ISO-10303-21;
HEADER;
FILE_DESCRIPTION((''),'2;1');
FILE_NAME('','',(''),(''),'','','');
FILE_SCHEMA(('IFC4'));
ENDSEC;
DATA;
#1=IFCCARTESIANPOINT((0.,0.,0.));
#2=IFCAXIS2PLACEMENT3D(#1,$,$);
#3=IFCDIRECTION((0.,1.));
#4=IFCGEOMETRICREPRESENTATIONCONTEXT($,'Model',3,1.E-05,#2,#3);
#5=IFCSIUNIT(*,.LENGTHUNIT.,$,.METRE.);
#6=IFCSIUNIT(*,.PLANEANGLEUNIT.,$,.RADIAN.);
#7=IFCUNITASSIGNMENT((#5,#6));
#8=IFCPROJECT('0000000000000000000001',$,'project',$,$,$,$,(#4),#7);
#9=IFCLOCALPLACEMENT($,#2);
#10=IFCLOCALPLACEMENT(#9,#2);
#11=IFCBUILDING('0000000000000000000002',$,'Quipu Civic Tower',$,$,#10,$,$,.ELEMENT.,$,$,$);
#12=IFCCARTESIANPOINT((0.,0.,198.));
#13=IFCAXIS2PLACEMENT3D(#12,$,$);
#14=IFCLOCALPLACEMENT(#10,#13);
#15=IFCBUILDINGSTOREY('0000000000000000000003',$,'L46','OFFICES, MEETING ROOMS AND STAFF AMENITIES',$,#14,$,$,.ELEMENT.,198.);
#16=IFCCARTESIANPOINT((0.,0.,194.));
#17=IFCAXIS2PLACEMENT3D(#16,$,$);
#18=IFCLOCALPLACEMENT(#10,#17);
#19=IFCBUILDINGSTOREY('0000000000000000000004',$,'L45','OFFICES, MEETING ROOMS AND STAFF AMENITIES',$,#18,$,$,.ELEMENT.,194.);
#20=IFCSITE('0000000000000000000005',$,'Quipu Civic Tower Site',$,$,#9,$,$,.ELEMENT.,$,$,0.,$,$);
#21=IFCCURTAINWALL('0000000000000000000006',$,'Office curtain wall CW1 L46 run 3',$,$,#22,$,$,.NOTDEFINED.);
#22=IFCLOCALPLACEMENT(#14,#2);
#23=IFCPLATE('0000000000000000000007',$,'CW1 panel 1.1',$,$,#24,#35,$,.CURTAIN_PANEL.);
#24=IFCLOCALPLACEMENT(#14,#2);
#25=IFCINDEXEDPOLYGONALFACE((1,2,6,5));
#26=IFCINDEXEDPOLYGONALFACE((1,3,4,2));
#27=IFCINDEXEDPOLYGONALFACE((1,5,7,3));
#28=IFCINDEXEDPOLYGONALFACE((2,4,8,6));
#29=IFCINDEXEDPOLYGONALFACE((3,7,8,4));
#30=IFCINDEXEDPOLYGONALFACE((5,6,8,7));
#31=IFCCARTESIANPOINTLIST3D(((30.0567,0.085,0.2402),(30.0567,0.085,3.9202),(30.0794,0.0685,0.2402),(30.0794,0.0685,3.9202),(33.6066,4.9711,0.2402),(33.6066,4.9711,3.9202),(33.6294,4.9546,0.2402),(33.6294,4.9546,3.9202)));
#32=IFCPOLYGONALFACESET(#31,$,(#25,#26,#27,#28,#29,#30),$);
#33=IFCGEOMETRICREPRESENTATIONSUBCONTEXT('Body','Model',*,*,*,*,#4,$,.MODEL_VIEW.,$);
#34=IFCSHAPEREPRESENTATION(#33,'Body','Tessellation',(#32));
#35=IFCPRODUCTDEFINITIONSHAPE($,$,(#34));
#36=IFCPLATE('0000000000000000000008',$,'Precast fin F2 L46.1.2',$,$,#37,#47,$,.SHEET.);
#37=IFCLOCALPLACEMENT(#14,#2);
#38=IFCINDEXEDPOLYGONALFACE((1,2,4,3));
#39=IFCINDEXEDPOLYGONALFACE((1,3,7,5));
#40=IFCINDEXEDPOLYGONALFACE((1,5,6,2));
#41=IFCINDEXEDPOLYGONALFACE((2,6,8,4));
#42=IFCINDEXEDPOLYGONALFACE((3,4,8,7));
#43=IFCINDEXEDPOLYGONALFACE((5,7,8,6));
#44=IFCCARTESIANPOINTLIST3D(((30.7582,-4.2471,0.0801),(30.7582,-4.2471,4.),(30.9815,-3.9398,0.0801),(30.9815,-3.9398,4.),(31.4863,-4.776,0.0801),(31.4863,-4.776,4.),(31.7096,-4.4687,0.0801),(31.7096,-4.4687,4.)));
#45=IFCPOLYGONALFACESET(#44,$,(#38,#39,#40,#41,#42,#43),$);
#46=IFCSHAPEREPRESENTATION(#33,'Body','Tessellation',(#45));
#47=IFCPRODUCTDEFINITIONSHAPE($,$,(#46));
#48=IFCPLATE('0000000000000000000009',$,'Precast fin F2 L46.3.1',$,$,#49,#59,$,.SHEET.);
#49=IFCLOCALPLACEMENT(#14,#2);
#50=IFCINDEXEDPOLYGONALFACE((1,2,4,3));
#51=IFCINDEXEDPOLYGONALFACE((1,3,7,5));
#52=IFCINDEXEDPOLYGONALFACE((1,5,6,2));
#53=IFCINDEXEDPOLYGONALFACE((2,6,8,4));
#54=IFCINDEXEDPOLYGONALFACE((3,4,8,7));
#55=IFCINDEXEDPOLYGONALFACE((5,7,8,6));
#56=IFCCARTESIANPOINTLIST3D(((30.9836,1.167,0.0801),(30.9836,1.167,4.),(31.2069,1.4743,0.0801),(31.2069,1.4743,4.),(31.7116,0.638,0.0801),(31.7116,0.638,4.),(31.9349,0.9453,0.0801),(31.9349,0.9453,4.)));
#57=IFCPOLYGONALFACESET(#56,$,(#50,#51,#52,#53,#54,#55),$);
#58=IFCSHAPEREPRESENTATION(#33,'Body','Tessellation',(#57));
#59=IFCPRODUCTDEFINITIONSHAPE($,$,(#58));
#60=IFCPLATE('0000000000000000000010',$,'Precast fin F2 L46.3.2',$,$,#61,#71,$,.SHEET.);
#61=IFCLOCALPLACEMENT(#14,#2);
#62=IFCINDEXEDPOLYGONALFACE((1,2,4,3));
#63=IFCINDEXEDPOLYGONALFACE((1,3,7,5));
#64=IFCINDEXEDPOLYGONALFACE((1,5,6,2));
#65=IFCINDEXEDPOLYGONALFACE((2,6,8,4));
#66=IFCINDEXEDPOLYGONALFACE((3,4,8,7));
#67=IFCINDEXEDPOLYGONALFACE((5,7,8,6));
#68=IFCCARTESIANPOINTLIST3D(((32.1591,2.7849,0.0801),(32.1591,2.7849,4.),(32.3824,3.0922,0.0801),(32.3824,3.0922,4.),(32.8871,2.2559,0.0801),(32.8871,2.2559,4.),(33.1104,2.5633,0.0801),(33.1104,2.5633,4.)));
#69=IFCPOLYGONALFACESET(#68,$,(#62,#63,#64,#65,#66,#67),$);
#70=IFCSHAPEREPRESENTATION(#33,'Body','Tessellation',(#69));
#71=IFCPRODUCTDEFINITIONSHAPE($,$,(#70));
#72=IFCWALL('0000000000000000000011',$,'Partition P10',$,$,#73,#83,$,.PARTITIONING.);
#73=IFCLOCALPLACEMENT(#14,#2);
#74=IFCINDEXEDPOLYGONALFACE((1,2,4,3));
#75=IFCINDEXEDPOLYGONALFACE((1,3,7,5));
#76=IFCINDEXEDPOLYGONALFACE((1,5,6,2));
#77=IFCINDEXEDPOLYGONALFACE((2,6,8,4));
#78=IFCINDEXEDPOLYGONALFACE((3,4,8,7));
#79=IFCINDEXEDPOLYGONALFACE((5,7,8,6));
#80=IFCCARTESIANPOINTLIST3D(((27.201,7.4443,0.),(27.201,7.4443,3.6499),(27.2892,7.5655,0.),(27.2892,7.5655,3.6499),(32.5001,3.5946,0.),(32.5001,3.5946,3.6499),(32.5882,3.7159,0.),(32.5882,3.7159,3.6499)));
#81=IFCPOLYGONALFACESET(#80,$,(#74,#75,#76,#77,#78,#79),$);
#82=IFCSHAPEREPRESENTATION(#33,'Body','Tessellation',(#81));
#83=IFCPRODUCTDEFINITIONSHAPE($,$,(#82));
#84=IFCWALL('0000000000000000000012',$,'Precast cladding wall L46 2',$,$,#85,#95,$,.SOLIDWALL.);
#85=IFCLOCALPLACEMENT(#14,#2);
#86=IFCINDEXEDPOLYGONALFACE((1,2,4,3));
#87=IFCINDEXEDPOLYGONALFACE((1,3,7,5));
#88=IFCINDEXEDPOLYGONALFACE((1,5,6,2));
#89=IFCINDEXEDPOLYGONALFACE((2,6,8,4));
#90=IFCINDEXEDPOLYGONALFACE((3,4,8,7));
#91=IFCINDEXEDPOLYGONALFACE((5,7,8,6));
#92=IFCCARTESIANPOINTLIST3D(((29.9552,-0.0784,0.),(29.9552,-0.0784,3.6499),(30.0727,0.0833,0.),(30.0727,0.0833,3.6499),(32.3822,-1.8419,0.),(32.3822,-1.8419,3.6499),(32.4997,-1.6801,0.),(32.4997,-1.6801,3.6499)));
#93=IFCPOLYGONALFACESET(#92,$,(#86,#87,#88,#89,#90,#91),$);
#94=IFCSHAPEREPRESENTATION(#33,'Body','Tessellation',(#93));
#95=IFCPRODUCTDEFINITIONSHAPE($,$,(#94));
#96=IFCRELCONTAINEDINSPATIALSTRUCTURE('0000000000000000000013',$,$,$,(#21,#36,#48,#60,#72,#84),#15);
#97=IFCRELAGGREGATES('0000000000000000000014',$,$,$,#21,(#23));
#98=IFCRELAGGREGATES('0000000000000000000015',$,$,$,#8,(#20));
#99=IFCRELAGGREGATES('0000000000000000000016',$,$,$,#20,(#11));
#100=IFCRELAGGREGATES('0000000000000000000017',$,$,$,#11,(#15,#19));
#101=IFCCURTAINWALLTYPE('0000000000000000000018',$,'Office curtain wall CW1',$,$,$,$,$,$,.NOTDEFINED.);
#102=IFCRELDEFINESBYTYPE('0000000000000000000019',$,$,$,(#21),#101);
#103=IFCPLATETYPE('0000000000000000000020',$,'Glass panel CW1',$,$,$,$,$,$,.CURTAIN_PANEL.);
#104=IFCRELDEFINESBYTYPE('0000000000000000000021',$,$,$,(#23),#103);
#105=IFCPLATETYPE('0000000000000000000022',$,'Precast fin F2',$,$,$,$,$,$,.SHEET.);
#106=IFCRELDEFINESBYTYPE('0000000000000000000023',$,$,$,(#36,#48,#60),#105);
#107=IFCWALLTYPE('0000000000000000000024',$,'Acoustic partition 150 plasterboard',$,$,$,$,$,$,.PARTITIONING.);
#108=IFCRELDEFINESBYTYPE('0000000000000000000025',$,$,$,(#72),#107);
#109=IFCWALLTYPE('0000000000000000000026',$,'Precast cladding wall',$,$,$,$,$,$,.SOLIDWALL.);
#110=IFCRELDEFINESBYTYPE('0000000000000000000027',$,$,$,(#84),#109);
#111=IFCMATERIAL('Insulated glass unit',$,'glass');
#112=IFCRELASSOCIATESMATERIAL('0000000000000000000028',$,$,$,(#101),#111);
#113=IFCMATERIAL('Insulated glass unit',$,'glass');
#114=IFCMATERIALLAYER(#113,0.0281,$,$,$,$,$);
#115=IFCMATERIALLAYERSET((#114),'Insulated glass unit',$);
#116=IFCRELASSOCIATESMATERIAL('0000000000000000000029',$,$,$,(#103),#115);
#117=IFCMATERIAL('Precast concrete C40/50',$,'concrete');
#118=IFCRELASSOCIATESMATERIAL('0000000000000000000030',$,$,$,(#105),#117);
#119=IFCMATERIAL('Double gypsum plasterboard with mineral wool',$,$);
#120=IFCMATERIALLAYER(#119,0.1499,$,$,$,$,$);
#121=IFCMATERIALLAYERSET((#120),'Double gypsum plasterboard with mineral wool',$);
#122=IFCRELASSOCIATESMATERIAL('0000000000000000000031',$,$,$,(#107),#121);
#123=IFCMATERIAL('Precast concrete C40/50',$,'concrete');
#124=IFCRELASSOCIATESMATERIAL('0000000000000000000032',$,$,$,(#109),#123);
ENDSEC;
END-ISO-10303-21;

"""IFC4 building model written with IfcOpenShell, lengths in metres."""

from ifc_helpers import new_model, si_unit, direction, frame, frame_2d, origin, origin_2d, place, context, subcontext, project, spatial, rectangle, extrude, material, layer, layer_set, type_object, element, aggregate, save


model = new_model("IFC4")

# Units and contexts
model_context = context("Model", 3, precision=1e-05, world=origin(), true_north=direction((0.0, 1.0)))
body_context = subcontext(model_context, "Body", "Model", "MODEL_VIEW")
ifc_project = project(units=[si_unit("LENGTHUNIT", "METRE"), si_unit("PLANEANGLEUNIT", "RADIAN")], contexts=[model_context])

# Site, building, storey
site_placement = place(None, origin())
site = spatial("IfcSite", under=ifc_project, at=site_placement, Name="Quipu Civic Tower Site", CompositionType="ELEMENT", RefElevation=0.0)
building_placement = place(site_placement, origin())
building = spatial("IfcBuilding", under=site, at=building_placement, Name="Quipu Civic Tower", CompositionType="ELEMENT")
storey_1_placement = place(building_placement, frame((0.0, 0.0, 198.0)))
storey_1 = spatial("IfcBuildingStorey", under=building, at=storey_1_placement, Name="L46", Description="OFFICES, MEETING ROOMS AND STAFF AMENITIES", CompositionType="ELEMENT", Elevation=198.0)

# Shared definitions
ifc_material_1 = material(Name="Insulated glass unit", Category="glass")
curtain_wall_type = type_object("IfcCurtainWallType", Name="Office curtain wall CW1", PredefinedType="NOTDEFINED", material=ifc_material_1)

# Curtain wall
curtain_wall_1_placement = place(storey_1_placement, origin())
curtain_wall_1 = element("IfcCurtainWall", 1, at=curtain_wall_1_placement, inside=storey_1, type_object=curtain_wall_type, Name="Office curtain wall CW1 L46 run 3", PredefinedType="NOTDEFINED")

# Shared definitions
storey_2_placement = place(building_placement, frame((0.0, 0.0, 194.0)))
storey_2 = spatial("IfcBuildingStorey", under=building, at=storey_2_placement, Name="L45", Description="OFFICES, MEETING ROOMS AND STAFF AMENITIES", CompositionType="ELEMENT", Elevation=194.0)

# Plate
ifc_material_2 = material(Name="Insulated glass unit", Category="glass")
ifc_layer_1 = layer(ifc_material_2, 0.0281)
ifc_layer_set_1 = layer_set([ifc_layer_1], Name="Insulated glass unit")
plate_type_1 = type_object("IfcPlateType", Name="Glass panel CW1", PredefinedType="CURTAIN_PANEL", material=ifc_layer_set_1)
plate_1_placement = place(storey_1_placement, frame((31.843, 2.5198, 0.2402), z_axis=(0.0, 0.0, 1.0), x_axis=(0.587788, 0.809015, 0.0)))
plate_1 = element("IfcPlate", 2, at=plate_1_placement, type_object=plate_type_1, Name="CW1 panel 1.1", PredefinedType="CURTAIN_PANEL", context=body_context, shape_type="SweptSolid", body=[
    extrude(rectangle(XDim=6.0396, YDim=0.0281, at=origin_2d()), origin(), (0.0, 0.0, 1.0), 3.6799),
])
aggregate(curtain_wall_1, [plate_1])

# Plates
ifc_material_3 = material(Name="Precast concrete C40/50", Category="concrete")
plate_type_2 = type_object("IfcPlateType", Name="Precast fin F2", PredefinedType="SHEET", material=ifc_material_3)
for number, where, z_axis, x_axis, name in (
    (3, (31.2339, -4.3579, 0.0801), (0.0, 0.0, 1.0), (0.58778, 0.80902, 0.0), "Precast fin F2 L46.1.2"),
    (4, (31.4592, 1.0562, 0.0801), (0.0, 0.0, 1.0), (0.587786, 0.809016, 0.0), "Precast fin F2 L46.3.1"),
    (5, (32.6348, 2.6741, 0.0801), (0.0, 0.0, 1.0), (0.587786, 0.809016, 0.0), "Precast fin F2 L46.3.2"),
):
    element("IfcPlate", number, at=place(storey_1_placement, frame(where, z_axis=z_axis, x_axis=x_axis)), inside=storey_1, type_object=plate_type_2, Name=name, PredefinedType="SHEET", context=body_context, shape_type="SweptSolid", body=[
        extrude(rectangle(XDim=0.3799, YDim=0.8999, at=origin_2d()), origin(), (0.0, 0.0, 1.0), 3.9199),
    ])

# Walls
ifc_material_4 = material(Name="Double gypsum plasterboard with mineral wool")
ifc_layer_2 = layer(ifc_material_4, 0.1499)
ifc_layer_set_2 = layer_set([ifc_layer_2], Name="Double gypsum plasterboard with mineral wool")
wall_type_1 = type_object("IfcWallType", Name="Acoustic partition 150 plasterboard", PredefinedType="PARTITIONING", material=ifc_layer_set_2)
wall_1_placement = place(storey_1_placement, frame((32.5442, 3.6553, 0.0), z_axis=(0.0, 0.0, 1.0), x_axis=(-0.809045, 0.587746, 0.0)))
element("IfcWall", 6, at=wall_1_placement, inside=storey_1, type_object=wall_type_1, Name="Partition P10", PredefinedType="PARTITIONING", context=body_context, shape_type="SweptSolid", body=[
    extrude(rectangle(XDim=6.5498, YDim=0.1499, at=frame_2d((3.2749, 0.0))), origin(), (0.0, 0.0, 1.0), 3.6499),
])
ifc_material_5 = material(Name="Precast concrete C40/50", Category="concrete")
wall_type_2 = type_object("IfcWallType", Name="Precast cladding wall", PredefinedType="SOLIDWALL", material=ifc_material_5)
wall_2_placement = place(storey_1_placement, frame((32.4409, -1.761, 0.0), z_axis=(0.0, 0.0, 1.0), x_axis=(-0.809, 0.587809, 0.0)))
element("IfcWall", 7, at=wall_2_placement, inside=storey_1, type_object=wall_type_2, Name="Precast cladding wall L46 2", PredefinedType="SOLIDWALL", context=body_context, shape_type="SweptSolid", body=[
    extrude(rectangle(XDim=3.0, YDim=0.2, at=frame_2d((1.5, 0.0))), origin(), (0.0, 0.0, 1.0), 3.6499),
])

save(model, "model.ifc")
